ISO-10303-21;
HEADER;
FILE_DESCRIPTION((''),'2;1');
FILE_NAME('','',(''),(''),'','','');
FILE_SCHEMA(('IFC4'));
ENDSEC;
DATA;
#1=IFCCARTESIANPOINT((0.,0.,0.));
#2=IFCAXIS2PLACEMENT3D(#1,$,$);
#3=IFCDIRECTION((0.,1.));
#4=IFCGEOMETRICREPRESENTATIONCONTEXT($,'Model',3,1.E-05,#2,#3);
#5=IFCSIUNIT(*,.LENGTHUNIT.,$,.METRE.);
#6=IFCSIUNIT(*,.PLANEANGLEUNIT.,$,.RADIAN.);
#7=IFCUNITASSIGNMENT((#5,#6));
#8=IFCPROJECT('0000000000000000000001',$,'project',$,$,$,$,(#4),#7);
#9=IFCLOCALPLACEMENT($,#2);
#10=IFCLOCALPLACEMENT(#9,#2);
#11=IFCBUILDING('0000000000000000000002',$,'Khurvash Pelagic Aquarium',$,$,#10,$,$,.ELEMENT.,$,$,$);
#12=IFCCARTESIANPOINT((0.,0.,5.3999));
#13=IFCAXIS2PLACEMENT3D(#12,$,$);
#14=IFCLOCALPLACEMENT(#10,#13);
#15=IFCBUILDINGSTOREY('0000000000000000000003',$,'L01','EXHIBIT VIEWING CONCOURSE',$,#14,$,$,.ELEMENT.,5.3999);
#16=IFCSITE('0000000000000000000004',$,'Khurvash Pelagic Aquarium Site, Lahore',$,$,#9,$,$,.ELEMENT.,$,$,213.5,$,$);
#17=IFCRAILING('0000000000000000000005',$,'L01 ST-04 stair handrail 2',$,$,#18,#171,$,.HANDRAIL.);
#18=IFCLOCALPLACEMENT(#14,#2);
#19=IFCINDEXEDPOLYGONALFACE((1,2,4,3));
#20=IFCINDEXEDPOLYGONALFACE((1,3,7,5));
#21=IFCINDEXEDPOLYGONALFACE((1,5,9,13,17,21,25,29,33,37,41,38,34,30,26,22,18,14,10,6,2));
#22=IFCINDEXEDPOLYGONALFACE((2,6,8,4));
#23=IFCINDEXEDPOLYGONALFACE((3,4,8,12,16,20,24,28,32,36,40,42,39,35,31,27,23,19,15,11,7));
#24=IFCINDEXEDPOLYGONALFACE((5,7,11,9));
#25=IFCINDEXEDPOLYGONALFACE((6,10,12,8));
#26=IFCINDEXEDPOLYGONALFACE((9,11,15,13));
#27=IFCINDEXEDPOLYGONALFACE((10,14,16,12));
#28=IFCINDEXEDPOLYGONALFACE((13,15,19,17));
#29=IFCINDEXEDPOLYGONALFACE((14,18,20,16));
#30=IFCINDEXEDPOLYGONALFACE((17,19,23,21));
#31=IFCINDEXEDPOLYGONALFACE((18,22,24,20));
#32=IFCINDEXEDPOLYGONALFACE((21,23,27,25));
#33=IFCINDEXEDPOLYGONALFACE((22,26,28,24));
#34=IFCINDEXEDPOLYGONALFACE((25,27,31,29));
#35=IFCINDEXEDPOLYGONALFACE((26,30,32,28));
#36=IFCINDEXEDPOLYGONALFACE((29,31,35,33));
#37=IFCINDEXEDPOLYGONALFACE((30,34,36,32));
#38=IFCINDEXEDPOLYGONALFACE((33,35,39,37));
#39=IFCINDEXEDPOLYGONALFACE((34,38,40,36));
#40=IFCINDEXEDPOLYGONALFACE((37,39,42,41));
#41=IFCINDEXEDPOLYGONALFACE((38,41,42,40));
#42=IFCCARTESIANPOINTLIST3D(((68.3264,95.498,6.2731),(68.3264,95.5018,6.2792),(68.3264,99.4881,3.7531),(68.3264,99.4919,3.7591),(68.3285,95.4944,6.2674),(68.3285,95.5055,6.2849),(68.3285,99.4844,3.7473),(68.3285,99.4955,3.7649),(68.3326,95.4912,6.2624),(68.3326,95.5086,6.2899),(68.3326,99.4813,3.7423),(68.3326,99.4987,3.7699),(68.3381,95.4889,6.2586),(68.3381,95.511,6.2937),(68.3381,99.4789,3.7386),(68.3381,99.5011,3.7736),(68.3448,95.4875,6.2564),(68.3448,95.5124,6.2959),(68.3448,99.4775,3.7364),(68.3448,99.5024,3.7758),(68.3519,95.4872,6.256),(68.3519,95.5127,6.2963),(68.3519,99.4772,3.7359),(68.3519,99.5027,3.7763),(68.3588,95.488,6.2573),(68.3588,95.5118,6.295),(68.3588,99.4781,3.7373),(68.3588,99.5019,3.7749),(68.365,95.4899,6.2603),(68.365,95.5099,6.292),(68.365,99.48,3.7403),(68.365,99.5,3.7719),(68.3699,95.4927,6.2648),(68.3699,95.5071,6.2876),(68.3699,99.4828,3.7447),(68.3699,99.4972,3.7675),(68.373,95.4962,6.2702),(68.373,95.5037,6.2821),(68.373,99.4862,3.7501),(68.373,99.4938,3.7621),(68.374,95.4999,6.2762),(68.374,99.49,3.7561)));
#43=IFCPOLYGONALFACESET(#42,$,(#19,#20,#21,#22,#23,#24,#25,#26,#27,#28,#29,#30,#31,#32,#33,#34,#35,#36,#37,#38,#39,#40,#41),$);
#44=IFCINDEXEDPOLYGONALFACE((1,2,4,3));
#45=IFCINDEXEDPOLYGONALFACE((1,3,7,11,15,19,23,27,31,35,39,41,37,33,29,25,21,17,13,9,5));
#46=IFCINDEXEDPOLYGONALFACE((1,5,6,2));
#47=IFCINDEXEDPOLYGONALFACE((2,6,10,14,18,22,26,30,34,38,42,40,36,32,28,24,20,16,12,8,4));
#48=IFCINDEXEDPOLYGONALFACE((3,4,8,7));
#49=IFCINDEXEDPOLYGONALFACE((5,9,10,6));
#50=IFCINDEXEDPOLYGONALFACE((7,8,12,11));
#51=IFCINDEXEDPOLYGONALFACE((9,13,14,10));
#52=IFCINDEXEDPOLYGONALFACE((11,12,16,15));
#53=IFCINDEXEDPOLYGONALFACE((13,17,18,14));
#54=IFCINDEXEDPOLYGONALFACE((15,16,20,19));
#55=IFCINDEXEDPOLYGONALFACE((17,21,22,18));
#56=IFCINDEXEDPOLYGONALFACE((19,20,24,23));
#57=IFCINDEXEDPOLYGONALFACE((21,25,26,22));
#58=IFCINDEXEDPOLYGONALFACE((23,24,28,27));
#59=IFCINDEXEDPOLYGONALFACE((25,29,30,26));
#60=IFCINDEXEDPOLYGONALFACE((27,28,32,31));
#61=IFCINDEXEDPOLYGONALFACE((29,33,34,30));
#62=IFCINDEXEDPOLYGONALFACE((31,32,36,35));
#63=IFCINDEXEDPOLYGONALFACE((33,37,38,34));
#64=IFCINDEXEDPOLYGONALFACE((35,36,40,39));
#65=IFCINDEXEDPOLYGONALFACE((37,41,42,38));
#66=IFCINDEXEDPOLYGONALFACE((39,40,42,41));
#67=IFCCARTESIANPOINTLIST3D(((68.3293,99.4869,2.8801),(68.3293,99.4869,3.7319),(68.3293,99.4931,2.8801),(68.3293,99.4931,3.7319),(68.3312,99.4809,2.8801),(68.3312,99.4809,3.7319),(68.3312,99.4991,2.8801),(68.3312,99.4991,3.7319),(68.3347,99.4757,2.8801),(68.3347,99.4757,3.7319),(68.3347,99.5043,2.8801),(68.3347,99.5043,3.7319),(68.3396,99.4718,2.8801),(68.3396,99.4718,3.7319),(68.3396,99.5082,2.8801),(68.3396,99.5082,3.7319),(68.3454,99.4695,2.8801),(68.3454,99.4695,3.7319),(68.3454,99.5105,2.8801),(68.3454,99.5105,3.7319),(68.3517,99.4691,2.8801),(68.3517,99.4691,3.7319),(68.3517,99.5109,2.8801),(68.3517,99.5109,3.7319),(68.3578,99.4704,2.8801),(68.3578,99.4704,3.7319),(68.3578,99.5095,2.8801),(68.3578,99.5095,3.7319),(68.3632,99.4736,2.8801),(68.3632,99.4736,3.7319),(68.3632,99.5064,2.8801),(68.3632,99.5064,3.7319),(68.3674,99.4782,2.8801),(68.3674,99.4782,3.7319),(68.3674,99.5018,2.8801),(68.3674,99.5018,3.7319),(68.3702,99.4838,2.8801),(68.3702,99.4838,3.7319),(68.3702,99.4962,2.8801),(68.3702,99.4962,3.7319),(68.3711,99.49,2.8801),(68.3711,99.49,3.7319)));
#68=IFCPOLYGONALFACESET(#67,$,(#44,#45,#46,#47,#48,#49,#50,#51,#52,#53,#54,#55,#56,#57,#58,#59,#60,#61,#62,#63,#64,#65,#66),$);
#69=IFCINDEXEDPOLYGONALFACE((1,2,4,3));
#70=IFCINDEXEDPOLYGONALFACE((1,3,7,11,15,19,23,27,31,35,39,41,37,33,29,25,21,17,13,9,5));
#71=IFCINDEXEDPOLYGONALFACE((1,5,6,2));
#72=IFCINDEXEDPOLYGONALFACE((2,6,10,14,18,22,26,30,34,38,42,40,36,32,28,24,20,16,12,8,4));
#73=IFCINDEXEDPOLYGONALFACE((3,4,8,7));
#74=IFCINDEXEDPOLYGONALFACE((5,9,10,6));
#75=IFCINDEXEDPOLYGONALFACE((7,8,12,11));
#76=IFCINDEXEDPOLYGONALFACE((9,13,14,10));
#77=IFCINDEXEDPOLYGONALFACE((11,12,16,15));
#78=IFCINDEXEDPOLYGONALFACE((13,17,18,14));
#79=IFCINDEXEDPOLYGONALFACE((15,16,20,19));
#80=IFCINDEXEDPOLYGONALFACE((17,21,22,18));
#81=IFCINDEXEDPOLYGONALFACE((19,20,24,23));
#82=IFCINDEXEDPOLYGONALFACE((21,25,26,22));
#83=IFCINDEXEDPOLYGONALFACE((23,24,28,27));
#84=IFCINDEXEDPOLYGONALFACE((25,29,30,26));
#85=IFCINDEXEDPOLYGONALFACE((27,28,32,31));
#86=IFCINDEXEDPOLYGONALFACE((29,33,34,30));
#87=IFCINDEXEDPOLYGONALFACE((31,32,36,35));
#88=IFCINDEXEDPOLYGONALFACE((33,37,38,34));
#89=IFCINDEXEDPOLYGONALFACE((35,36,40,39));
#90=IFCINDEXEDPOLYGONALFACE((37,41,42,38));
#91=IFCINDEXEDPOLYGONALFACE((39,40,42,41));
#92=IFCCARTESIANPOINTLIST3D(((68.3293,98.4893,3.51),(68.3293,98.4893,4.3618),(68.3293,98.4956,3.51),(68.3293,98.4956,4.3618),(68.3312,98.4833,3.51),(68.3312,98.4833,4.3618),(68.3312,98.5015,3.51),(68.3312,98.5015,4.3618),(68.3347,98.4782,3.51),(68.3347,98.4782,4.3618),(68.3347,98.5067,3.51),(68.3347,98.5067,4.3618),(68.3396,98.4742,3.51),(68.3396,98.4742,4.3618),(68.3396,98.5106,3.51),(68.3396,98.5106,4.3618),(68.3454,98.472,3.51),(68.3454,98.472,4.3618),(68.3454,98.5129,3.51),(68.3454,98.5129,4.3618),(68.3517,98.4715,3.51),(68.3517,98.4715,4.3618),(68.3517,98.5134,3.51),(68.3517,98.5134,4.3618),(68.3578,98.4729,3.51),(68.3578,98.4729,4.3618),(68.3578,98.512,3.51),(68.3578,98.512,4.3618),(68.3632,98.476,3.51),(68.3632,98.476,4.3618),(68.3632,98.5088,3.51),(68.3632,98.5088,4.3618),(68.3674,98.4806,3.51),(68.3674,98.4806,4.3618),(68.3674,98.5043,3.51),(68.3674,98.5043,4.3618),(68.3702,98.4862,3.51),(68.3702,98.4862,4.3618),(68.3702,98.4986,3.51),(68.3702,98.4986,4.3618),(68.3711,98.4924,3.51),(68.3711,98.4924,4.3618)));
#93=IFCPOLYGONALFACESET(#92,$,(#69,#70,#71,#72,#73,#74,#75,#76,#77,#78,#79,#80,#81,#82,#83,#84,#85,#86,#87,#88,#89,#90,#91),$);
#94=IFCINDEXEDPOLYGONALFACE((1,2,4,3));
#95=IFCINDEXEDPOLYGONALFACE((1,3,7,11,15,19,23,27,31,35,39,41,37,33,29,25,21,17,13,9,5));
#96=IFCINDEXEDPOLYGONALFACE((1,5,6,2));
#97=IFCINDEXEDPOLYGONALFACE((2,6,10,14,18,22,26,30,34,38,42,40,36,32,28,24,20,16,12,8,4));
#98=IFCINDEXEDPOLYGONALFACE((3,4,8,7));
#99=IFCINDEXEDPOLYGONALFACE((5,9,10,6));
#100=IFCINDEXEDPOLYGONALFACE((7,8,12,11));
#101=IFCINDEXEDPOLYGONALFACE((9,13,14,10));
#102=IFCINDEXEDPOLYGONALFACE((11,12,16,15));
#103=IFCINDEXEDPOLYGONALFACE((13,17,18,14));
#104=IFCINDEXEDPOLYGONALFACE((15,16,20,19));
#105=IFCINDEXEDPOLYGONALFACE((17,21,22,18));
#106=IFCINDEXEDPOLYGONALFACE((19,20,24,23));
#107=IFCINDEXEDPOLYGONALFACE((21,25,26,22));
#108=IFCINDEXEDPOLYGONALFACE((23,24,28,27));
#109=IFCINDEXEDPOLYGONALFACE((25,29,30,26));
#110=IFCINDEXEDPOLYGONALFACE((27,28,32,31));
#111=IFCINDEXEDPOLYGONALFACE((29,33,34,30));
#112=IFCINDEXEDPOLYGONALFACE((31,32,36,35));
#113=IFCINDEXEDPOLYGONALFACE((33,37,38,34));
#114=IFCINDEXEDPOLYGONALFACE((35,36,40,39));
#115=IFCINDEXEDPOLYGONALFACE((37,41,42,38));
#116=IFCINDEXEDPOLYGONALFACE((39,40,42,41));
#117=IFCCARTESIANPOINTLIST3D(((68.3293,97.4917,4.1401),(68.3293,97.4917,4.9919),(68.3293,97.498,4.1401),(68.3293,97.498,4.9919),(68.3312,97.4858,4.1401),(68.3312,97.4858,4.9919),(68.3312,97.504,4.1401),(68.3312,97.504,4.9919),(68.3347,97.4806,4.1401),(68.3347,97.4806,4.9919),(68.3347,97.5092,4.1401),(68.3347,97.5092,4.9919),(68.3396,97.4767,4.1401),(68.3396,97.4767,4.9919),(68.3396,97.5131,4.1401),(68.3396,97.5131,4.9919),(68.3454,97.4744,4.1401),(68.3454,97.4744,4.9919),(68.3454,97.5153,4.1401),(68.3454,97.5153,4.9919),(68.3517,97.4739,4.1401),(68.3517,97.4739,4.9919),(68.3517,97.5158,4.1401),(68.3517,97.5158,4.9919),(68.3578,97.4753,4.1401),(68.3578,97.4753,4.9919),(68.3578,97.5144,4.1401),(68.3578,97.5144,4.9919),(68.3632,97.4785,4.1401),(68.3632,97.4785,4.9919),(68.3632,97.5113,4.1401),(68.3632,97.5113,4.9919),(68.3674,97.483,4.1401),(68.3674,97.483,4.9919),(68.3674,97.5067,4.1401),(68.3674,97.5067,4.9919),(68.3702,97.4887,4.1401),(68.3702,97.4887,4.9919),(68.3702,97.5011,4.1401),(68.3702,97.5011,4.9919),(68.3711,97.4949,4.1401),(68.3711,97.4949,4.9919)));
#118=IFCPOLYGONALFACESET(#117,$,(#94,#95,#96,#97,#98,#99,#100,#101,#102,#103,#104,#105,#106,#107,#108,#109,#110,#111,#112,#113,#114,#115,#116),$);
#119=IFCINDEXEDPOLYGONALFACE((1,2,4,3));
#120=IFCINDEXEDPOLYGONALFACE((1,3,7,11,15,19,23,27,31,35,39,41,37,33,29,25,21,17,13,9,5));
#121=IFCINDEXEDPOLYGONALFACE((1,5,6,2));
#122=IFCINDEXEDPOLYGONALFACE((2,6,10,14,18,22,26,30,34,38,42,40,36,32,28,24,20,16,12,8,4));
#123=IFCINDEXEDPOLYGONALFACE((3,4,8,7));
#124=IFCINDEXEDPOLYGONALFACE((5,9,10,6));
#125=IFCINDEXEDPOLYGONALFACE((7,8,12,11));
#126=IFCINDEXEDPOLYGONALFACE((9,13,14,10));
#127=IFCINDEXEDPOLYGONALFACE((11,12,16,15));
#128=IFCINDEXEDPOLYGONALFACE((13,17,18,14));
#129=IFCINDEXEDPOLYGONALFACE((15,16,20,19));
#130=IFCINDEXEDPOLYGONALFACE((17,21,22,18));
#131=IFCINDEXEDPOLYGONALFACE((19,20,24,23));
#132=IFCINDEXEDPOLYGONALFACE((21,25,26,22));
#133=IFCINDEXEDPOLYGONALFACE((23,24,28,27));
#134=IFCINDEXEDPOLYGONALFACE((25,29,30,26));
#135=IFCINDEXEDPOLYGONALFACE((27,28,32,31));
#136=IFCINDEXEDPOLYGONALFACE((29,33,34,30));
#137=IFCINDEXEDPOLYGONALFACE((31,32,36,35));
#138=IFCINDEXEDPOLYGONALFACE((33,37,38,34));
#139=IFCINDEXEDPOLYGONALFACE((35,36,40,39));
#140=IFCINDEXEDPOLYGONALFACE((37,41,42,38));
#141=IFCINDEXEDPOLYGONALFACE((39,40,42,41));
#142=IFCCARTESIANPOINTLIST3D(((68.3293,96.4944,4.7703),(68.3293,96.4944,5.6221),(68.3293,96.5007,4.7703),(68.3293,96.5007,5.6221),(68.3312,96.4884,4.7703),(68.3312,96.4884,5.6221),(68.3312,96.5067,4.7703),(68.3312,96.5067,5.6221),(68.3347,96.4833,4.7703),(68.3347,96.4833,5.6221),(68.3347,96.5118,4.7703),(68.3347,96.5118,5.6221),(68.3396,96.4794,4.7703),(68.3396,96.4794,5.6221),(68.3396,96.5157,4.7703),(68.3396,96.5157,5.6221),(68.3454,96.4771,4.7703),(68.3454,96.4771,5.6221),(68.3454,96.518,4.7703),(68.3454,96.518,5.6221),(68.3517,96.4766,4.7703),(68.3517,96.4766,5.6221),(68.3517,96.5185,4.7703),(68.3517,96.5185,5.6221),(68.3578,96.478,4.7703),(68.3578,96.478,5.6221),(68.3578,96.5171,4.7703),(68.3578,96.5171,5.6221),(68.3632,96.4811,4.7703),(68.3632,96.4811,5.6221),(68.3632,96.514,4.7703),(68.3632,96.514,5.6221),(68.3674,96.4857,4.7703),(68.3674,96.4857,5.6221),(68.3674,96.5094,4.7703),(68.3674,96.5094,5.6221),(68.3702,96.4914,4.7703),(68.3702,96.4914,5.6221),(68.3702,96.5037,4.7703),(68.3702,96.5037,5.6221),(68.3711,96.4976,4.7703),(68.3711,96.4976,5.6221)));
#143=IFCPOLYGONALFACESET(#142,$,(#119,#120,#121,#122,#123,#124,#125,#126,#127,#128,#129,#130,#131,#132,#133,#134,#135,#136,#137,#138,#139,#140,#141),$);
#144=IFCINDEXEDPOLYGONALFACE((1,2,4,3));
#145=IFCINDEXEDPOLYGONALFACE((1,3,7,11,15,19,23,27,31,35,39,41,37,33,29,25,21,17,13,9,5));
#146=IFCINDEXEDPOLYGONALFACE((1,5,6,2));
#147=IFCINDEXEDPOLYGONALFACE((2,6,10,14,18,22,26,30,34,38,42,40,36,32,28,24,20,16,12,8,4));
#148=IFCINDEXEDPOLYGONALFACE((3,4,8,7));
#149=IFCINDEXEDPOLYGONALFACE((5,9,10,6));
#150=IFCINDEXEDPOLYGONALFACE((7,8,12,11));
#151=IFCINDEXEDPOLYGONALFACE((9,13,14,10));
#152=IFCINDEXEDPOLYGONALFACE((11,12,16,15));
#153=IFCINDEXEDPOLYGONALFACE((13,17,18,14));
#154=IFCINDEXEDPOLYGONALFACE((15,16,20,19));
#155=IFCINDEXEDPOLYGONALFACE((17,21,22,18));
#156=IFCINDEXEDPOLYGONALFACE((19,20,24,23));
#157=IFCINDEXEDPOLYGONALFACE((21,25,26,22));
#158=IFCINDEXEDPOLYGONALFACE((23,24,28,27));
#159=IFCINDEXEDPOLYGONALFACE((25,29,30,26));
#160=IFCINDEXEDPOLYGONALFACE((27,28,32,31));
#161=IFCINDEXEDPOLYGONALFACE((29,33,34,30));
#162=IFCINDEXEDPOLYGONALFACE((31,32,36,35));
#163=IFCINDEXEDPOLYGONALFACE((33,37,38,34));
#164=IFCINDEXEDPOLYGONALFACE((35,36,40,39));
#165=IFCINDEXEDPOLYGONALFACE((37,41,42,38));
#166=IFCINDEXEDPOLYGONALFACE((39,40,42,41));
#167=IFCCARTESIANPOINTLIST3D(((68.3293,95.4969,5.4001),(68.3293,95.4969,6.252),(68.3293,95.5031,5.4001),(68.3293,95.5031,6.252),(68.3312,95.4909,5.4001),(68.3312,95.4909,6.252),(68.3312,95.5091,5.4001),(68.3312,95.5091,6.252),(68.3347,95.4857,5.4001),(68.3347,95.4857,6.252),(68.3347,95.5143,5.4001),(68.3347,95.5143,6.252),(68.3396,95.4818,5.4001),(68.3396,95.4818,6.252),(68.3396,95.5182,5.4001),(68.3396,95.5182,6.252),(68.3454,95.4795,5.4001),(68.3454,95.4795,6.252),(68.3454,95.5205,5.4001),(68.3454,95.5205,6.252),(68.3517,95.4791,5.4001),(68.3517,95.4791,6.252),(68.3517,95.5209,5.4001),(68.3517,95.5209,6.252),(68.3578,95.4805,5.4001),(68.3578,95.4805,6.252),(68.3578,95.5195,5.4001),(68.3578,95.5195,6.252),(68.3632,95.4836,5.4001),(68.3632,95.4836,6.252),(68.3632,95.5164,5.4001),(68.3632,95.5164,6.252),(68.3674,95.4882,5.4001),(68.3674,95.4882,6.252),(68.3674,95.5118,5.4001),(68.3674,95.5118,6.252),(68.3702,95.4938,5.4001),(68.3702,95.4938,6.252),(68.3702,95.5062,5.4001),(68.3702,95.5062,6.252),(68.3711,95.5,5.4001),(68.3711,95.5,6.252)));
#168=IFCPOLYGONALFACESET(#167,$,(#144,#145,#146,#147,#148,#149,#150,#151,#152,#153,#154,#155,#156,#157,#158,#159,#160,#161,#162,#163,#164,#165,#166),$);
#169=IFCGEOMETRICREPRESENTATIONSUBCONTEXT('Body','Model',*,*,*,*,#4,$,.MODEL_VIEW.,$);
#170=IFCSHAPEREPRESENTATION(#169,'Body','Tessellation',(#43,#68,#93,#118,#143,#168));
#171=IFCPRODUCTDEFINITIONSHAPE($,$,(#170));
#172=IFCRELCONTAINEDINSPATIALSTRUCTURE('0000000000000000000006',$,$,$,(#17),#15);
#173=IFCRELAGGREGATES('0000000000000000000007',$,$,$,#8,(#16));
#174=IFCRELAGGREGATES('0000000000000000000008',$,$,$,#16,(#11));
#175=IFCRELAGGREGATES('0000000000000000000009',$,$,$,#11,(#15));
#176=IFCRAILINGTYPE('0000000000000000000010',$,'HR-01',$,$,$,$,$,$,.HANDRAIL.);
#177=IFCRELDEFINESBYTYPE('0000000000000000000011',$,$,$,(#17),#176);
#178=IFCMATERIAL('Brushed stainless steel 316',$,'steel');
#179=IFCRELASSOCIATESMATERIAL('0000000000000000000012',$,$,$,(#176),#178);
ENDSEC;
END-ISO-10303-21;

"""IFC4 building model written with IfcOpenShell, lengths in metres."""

from ifc_helpers import new_model, si_unit, direction, frame, origin, origin_2d, place, context, subcontext, project, spatial, circle, extrude, material, type_object, element, save


model = new_model("IFC4")

# Units and contexts
model_context = context("Model", 3, precision=1e-05, world=origin(), true_north=direction((0.0, 1.0)))
body_context = subcontext(model_context, "Body", "Model", "MODEL_VIEW")
ifc_project = project(units=[si_unit("LENGTHUNIT", "METRE"), si_unit("PLANEANGLEUNIT", "RADIAN")], contexts=[model_context])

# Site, building, storey
site_placement = place(None, origin())
site = spatial("IfcSite", under=ifc_project, at=site_placement, Name="Khurvash Pelagic Aquarium Site, Lahore", CompositionType="ELEMENT", RefElevation=213.5)
building_placement = place(site_placement, origin())
building = spatial("IfcBuilding", under=site, at=building_placement, Name="Khurvash Pelagic Aquarium", CompositionType="ELEMENT")
storey_placement = place(building_placement, frame((0.0, 0.0, 5.3999)))
storey = spatial("IfcBuildingStorey", under=building, at=storey_placement, Name="L01", Description="EXHIBIT VIEWING CONCOURSE", CompositionType="ELEMENT", Elevation=5.3999)

# Railing
ifc_material_1 = material(Name="Brushed stainless steel 316", Category="steel")
railing_type_1 = type_object("IfcRailingType", Name="HR-01", PredefinedType="HANDRAIL", material=ifc_material_1)
railing_1_placement = place(storey_placement, frame((68.3501, 99.49, 2.8801)))
element("IfcRailing", 1, at=railing_1_placement, inside=storey, type_object=railing_type_1, Name="L01 ST-04 stair handrail 2", PredefinedType="HANDRAIL", context=body_context, shape_type="SweptSolid", body=[
    extrude(circle(Radius=0.0239, at=origin_2d()), frame((0.0, 0.0, 0.876), z_axis=(0.0, -0.845486, 0.533997), x_axis=(1.0, 0.0, 0.0)), (0.0, 0.0, 1.0), 4.7192),
    extrude(circle(Radius=0.021, at=origin_2d()), origin(), (0.0, 0.0, 1.0), 0.8518),
    extrude(circle(Radius=0.021, at=origin_2d()), frame((0.0, -0.9976, 0.6299)), (0.0, 0.0, 1.0), 0.8518),
    extrude(circle(Radius=0.021, at=origin_2d()), frame((0.0, -1.9951, 1.26)), (0.0, 0.0, 1.0), 0.8518),
    extrude(circle(Radius=0.021, at=origin_2d()), frame((0.0, -2.9924, 1.8901)), (0.0, 0.0, 1.0), 0.8518),
    extrude(circle(Radius=0.021, at=origin_2d()), frame((0.0, -3.99, 2.52)), (0.0, 0.0, 1.0), 0.8518),
])

save(model, "model.ifc")
